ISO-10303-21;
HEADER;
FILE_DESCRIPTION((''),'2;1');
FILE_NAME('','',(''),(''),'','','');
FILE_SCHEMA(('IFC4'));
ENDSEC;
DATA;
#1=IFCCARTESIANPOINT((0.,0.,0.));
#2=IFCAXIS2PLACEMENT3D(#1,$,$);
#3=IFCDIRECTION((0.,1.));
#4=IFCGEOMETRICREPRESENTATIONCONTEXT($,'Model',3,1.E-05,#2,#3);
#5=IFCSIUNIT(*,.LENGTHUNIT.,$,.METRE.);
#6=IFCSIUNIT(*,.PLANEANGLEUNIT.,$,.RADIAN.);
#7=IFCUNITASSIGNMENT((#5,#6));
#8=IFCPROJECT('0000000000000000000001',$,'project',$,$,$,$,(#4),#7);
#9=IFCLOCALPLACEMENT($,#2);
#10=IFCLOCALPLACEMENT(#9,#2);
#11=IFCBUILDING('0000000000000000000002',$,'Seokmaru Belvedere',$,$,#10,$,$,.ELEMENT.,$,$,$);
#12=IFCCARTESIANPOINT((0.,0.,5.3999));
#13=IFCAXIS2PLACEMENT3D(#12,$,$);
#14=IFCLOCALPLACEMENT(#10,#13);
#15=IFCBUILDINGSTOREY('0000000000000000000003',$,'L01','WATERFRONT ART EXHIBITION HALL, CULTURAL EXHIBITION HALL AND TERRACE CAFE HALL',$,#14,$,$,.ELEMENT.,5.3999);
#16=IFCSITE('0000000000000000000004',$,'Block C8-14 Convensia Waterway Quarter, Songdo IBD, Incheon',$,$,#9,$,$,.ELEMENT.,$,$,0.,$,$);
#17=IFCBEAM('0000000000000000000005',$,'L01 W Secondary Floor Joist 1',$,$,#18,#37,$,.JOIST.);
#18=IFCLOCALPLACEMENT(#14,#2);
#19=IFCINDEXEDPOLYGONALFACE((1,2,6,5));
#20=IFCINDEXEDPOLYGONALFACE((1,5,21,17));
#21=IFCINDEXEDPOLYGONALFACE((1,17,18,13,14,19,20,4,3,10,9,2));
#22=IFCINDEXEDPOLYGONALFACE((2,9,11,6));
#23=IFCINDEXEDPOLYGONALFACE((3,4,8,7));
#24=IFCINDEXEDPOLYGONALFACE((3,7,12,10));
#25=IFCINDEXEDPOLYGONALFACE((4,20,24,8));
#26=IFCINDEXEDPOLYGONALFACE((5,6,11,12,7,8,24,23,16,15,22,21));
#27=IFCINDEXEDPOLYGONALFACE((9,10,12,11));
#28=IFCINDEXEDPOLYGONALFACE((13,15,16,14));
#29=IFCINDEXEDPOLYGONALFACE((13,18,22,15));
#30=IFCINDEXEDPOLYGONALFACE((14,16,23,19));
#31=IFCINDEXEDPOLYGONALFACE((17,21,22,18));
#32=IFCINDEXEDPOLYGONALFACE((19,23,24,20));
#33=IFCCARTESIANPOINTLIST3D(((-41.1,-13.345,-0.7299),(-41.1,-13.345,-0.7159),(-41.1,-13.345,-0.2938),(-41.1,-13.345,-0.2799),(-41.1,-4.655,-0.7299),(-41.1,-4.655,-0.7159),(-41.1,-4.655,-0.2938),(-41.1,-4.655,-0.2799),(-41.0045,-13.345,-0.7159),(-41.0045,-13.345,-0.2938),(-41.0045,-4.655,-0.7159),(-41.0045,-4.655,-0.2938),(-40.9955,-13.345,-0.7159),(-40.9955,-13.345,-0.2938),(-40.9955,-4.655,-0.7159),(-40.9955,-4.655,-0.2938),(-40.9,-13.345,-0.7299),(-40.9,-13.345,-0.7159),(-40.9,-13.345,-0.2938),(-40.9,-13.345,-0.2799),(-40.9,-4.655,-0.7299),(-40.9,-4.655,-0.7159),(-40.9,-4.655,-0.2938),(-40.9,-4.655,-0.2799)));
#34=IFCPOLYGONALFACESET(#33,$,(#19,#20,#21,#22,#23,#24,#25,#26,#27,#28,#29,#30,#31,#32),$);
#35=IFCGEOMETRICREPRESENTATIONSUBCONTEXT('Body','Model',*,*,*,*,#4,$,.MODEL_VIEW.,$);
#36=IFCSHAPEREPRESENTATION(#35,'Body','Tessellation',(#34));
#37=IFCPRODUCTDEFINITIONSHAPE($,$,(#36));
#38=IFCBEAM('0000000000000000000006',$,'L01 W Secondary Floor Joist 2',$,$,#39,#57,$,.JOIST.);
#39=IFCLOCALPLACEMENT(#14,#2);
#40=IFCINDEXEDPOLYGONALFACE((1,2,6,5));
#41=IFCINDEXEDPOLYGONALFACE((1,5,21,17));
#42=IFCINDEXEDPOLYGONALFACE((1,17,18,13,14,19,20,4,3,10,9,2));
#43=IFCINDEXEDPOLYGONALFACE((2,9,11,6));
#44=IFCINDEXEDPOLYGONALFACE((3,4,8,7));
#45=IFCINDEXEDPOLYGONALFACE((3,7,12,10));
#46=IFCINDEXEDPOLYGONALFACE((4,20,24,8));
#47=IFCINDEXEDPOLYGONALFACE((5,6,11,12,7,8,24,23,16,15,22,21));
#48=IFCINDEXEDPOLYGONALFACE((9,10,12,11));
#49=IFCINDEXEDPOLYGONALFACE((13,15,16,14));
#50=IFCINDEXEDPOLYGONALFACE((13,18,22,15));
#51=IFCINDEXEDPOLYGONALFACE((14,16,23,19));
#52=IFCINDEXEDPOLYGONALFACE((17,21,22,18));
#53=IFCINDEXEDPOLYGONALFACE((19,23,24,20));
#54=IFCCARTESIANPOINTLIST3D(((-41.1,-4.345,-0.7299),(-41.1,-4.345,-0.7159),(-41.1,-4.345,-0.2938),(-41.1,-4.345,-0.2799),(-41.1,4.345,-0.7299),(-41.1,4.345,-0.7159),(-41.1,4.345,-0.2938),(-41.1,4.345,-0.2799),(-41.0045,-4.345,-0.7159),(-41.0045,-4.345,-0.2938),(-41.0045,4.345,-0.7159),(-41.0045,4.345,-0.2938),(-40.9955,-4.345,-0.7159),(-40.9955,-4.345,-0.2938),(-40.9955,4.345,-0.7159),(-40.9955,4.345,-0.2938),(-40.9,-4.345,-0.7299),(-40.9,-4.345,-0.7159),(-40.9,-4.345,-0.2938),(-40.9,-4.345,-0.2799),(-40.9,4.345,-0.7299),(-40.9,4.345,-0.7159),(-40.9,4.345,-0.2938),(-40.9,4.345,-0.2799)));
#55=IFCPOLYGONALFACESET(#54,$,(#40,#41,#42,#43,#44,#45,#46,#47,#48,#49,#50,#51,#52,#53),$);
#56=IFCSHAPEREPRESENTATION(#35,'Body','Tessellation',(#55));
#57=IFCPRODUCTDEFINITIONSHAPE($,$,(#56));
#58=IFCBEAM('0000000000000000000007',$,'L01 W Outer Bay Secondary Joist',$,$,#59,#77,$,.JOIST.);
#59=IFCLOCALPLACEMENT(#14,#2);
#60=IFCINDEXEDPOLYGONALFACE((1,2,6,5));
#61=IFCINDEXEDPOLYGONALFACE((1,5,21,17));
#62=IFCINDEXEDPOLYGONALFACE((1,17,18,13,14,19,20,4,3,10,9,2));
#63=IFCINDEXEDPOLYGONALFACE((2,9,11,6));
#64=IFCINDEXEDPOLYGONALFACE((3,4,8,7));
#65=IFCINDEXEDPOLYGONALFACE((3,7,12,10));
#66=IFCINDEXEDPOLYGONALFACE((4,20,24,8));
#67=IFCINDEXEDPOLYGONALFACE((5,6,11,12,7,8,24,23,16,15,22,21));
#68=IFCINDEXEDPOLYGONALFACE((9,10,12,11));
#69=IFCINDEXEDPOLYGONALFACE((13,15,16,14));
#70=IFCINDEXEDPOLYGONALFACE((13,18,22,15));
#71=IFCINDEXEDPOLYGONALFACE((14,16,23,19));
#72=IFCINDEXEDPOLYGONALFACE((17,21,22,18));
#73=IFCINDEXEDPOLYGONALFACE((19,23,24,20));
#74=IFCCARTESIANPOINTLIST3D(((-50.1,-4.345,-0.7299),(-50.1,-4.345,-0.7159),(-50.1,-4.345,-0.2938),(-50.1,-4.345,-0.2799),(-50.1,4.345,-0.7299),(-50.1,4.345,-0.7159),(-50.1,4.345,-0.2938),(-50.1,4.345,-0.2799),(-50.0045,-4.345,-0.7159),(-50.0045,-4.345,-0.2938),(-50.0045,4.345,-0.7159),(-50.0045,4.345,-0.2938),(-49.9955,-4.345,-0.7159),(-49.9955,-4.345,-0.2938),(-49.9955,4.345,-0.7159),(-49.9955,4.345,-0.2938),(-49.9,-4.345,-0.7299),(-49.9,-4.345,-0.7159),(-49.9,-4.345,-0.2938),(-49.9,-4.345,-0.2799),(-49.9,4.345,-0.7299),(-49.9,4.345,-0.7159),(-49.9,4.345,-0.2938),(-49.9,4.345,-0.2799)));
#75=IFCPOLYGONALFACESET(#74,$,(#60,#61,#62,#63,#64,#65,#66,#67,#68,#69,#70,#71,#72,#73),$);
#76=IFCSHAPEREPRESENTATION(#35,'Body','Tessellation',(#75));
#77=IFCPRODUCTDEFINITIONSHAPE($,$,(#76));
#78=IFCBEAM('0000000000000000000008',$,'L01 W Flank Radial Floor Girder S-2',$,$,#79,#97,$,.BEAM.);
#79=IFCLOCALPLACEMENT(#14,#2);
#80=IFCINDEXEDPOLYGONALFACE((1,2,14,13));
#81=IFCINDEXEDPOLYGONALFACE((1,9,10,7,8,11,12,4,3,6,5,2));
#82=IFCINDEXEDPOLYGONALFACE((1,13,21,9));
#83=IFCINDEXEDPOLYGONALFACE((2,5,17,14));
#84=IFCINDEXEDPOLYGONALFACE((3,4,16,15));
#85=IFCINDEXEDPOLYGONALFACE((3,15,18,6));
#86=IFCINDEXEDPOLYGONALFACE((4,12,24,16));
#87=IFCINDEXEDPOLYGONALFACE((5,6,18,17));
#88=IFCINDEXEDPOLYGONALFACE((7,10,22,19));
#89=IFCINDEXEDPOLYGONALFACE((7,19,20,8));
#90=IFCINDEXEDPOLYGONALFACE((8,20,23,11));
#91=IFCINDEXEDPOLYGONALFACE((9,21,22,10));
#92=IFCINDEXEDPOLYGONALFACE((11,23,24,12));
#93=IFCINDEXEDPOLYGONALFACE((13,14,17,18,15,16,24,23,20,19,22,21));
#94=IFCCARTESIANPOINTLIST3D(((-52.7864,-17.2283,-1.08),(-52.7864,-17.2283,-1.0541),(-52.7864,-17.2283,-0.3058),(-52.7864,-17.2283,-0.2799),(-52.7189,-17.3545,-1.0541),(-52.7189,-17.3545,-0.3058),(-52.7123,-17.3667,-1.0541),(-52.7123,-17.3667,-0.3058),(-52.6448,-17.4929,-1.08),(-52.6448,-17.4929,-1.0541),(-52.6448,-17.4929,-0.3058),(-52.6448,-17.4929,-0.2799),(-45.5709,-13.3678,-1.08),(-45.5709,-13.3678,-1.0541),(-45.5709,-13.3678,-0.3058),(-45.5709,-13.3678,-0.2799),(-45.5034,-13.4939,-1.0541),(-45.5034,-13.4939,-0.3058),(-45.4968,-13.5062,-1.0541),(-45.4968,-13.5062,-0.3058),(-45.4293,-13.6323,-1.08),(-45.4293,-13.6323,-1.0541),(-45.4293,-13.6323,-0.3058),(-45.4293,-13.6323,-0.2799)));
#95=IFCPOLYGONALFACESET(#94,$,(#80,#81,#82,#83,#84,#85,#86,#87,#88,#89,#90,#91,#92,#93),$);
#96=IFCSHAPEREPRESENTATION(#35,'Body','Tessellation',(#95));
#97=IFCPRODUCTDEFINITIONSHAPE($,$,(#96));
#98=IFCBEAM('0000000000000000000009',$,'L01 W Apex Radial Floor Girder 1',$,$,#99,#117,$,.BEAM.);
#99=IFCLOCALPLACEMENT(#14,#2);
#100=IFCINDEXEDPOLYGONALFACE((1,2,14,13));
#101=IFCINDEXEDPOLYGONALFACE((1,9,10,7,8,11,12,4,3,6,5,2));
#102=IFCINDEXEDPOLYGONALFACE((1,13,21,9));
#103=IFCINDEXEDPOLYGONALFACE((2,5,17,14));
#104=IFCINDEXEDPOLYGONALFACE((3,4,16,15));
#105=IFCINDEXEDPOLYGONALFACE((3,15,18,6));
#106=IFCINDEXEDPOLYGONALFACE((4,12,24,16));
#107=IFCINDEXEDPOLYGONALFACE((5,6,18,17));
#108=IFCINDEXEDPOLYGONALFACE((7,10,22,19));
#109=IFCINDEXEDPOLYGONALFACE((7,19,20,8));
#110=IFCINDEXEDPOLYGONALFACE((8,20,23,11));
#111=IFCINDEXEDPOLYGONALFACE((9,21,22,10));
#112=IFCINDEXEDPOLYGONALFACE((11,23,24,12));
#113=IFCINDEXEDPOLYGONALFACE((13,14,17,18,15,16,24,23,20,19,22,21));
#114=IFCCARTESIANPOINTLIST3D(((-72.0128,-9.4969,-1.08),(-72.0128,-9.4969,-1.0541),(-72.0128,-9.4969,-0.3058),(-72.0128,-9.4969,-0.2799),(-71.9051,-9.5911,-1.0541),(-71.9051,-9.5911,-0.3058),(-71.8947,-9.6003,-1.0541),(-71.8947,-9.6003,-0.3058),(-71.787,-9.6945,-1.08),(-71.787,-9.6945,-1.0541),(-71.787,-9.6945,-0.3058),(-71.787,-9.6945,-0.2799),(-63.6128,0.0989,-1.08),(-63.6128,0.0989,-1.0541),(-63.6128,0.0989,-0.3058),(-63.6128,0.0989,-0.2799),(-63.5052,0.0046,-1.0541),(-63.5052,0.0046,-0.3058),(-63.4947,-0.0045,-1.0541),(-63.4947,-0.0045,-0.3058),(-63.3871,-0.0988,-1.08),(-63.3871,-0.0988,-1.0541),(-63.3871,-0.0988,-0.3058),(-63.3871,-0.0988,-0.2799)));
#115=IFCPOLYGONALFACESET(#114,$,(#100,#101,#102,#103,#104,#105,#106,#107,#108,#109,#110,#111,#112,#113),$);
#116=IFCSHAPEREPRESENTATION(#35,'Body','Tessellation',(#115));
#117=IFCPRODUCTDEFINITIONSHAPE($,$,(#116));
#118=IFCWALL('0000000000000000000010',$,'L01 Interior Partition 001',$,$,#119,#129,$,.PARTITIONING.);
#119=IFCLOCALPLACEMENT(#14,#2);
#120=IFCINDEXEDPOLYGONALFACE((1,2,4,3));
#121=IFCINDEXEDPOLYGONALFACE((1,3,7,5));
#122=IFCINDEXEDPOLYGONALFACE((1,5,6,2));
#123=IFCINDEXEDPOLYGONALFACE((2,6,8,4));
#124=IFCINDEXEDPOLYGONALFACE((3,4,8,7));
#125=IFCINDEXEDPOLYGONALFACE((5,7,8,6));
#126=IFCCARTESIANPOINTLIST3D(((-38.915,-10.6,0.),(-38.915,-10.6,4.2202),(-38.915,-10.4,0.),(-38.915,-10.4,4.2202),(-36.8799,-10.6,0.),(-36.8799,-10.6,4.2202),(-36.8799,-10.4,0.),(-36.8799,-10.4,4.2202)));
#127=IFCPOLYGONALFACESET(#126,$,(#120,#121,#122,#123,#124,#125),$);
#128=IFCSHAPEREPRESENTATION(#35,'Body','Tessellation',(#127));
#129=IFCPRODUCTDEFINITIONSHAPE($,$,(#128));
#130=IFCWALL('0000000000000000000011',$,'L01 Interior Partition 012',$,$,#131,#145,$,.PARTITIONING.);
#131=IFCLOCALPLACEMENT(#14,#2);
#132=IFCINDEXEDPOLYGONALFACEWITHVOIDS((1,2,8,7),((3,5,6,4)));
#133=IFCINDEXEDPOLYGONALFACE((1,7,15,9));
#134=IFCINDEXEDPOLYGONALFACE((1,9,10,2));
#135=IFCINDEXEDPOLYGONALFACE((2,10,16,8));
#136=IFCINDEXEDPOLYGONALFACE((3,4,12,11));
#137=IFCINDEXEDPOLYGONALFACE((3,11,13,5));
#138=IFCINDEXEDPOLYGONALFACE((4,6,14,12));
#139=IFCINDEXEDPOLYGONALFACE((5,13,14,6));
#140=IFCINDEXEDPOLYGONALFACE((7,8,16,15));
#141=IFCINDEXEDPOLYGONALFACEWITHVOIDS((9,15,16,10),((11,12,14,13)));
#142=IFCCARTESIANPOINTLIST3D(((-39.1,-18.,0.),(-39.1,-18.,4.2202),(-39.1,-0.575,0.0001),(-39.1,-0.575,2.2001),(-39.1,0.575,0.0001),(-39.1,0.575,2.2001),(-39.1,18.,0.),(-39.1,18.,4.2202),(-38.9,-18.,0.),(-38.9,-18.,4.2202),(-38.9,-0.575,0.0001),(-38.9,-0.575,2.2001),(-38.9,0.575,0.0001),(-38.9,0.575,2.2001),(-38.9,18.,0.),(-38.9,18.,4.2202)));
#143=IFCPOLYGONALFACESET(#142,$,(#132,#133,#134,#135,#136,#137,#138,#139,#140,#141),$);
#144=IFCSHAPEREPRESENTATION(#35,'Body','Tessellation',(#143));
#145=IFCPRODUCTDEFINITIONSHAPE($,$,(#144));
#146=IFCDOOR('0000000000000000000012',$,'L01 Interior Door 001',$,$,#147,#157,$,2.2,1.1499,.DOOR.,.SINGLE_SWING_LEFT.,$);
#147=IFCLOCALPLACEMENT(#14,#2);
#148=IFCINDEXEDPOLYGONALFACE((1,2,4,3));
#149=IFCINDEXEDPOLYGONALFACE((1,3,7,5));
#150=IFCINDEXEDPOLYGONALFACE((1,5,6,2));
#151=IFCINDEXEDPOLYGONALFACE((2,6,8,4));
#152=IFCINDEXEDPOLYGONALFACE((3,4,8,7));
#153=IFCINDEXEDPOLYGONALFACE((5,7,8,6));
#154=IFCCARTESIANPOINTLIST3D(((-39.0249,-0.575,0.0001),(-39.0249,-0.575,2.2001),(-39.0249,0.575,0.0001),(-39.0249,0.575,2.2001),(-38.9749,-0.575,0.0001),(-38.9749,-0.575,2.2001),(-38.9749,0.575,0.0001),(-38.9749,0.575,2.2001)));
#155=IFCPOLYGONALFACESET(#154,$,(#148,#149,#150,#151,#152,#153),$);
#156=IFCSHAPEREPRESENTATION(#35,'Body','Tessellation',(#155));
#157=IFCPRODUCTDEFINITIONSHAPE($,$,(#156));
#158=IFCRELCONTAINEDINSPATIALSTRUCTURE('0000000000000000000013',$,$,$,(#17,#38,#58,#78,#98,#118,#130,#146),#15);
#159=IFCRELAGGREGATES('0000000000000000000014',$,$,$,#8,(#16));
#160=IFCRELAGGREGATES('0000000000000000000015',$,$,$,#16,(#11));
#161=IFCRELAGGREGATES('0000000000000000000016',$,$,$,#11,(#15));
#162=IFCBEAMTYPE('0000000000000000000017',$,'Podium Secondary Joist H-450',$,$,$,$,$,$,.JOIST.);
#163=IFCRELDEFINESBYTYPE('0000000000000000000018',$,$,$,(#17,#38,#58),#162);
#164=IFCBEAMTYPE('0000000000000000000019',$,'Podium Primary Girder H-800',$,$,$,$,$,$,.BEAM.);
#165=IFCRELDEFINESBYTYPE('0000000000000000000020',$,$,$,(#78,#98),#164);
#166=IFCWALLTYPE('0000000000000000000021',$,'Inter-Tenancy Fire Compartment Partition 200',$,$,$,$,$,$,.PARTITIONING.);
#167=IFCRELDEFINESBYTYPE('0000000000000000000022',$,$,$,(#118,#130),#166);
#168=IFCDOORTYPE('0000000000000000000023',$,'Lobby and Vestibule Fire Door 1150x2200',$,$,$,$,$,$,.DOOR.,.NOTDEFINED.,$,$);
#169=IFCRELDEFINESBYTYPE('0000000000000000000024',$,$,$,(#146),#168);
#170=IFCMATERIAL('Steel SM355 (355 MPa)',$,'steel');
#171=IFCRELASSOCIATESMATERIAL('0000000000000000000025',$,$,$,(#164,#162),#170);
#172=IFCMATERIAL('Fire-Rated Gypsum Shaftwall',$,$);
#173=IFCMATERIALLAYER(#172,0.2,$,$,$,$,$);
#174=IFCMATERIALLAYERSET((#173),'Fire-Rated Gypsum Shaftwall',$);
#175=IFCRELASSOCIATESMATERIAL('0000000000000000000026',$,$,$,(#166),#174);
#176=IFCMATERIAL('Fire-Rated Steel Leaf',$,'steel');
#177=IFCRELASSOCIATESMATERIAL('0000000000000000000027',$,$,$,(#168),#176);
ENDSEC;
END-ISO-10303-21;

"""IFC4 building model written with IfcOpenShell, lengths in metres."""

from ifc_helpers import new_model, si_unit, direction, frame, frame_2d, origin, origin_2d, place, context, subcontext, project, spatial, rectangle, i_section, extrude, source, transform, mapped, material, layer, layer_set, material_profile, profile_set, type_object, type_shapes, element, fill, save


model = new_model("IFC4")

# Units and contexts
model_context = context("Model", 3, precision=1e-05, world=origin(), true_north=direction((0.0, 1.0)))
body_context = subcontext(model_context, "Body", "Model", "MODEL_VIEW")
ifc_project = project(units=[si_unit("LENGTHUNIT", "METRE"), si_unit("PLANEANGLEUNIT", "RADIAN")], contexts=[model_context])

# Site, building, storey
site_placement = place(None, origin())
site = spatial("IfcSite", under=ifc_project, at=site_placement, Name="Block C8-14 Convensia Waterway Quarter, Songdo IBD, Incheon", CompositionType="ELEMENT", RefElevation=0.0)
building_placement = place(site_placement, origin())
building = spatial("IfcBuilding", under=site, at=building_placement, Name="Seokmaru Belvedere", CompositionType="ELEMENT")
storey_placement = place(building_placement, frame((0.0, 0.0, 5.3999)))
storey = spatial("IfcBuildingStorey", under=building, at=storey_placement, Name="L01", Description="WATERFRONT ART EXHIBITION HALL, CULTURAL EXHIBITION HALL AND TERRACE CAFE HALL", CompositionType="ELEMENT", Elevation=5.3999)

# Shared definitions
ifc_material_1 = material(Name="Steel SM355 (355 MPa)", Category="steel")

# Beams
ifc_material_profile_1 = material_profile(ifc_material_1, i_section(OverallWidth=0.3, OverallDepth=0.8, WebThickness=0.0139, FlangeThickness=0.0259, at=origin_2d()), Name="H-800x300x14x26")
ifc_profile_set_1 = profile_set([ifc_material_profile_1], Name="Steel SM355 (355 MPa)")
beam_type_1 = type_object("IfcBeamType", Name="Podium Primary Girder H-800", PredefinedType="BEAM", material=ifc_profile_set_1)
ifc_material_profile_2 = material_profile(ifc_material_1, i_section(OverallWidth=0.2, OverallDepth=0.45, WebThickness=0.009, FlangeThickness=0.0139, at=origin_2d()), Name="H-450x200x9x14")
ifc_profile_set_2 = profile_set([ifc_material_profile_2], Name="Steel SM355 (355 MPa)")
beam_type_2 = type_object("IfcBeamType", Name="Podium Secondary Joist H-450", PredefinedType="JOIST", material=ifc_profile_set_2)
shared_shape_1 = source(origin(), body_context, "Body", "SweptSolid", [
    extrude(i_section(OverallWidth=0.2, OverallDepth=0.45, WebThickness=0.009, FlangeThickness=0.0139, at=origin_2d()), origin(), (0.0, 0.0, 1.0), 8.6899),
])
type_shapes(beam_type_2, [shared_shape_1])
for number, where, z_axis, x_axis, name in (
    (1, (-41.0, -13.345, -0.5049), (0.0, 1.0, 0.0), (-1.0, 0.0, 0.0), "L01 W Secondary Floor Joist 1"),
    (2, (-41.0, -4.345, -0.5049), (0.0, 1.0, 0.0), (-1.0, 0.0, 0.0), "L01 W Secondary Floor Joist 2"),
    (3, (-50.0, -4.345, -0.5049), (0.0, 1.0, 0.0), (-1.0, 0.0, 0.0), "L01 W Outer Bay Secondary Joist"),
):
    element("IfcBeam", number, at=place(storey_placement, frame(where, z_axis=z_axis, x_axis=x_axis)), inside=storey, type_object=beam_type_2, Name=name, PredefinedType="JOIST", context=body_context, shape_type="MappedRepresentation", body=[
        mapped(shared_shape_1, transform((0.0, 0.0, 0.0), scale=1.0)),
    ])
shared_shape_2 = source(origin(), body_context, "Body", "SweptSolid", [
    extrude(i_section(OverallWidth=0.3, OverallDepth=0.8, WebThickness=0.0139, FlangeThickness=0.0259, at=origin_2d()), origin(), (0.0, 0.0, 1.0), 8.1833),
])
beam_1_placement = place(storey_placement, frame((-52.7156, -17.3606, -0.6799), z_axis=(0.881729, 0.471757, 0.0), x_axis=(-0.471757, 0.881729, 0.0)))
element("IfcBeam", 4, at=beam_1_placement, inside=storey, type_object=beam_type_1, Name="L01 W Flank Radial Floor Girder S-2", PredefinedType="BEAM", context=body_context, shape_type="MappedRepresentation", body=[
    mapped(shared_shape_2, transform((0.0, 0.0, 0.0), scale=1.0)),
])
shared_shape_3 = source(origin(), body_context, "Body", "SweptSolid", [
    extrude(i_section(OverallWidth=0.3, OverallDepth=0.8, WebThickness=0.0139, FlangeThickness=0.0259, at=origin_2d()), origin(), (0.0, 0.0, 1.0), 12.7529),
])
beam_2_placement = place(storey_placement, frame((-71.8999, -9.5957, -0.6799), z_axis=(0.658667, 0.752434, 0.0), x_axis=(-0.752434, 0.658667, 0.0)))
element("IfcBeam", 5, at=beam_2_placement, inside=storey, type_object=beam_type_1, Name="L01 W Apex Radial Floor Girder 1", PredefinedType="BEAM", context=body_context, shape_type="MappedRepresentation", body=[
    mapped(shared_shape_3, transform((0.0, 0.0, 0.0), scale=1.0)),
])

# Wall
ifc_material_2 = material(Name="Fire-Rated Gypsum Shaftwall")
ifc_layer_1 = layer(ifc_material_2, 0.2)
ifc_layer_set_1 = layer_set([ifc_layer_1], Name="Fire-Rated Gypsum Shaftwall")
wall_type_1 = type_object("IfcWallType", Name="Inter-Tenancy Fire Compartment Partition 200", PredefinedType="PARTITIONING", material=ifc_layer_set_1)
wall_1_placement = place(storey_placement, frame((-38.915, -10.5, 0.0), z_axis=(0.0, 0.0, 1.0), x_axis=(1.0, 0.0, 0.0)))
element("IfcWall", 6, at=wall_1_placement, inside=storey, type_object=wall_type_1, Name="L01 Interior Partition 001", PredefinedType="PARTITIONING", context=body_context, shape_type="SweptSolid", body=[
    extrude(rectangle(XDim=2.0352, YDim=0.2, at=frame_2d((1.0176, 0.0))), origin(), (0.0, 0.0, 1.0), 4.2202),
])

# Wall, opening, door
wall_2_placement = place(storey_placement, frame((-39.0, -18.0, 0.0), z_axis=(0.0, 0.0, 1.0), x_axis=(0.0, 1.0, 0.0)))
wall_2 = element("IfcWall", 7, at=wall_2_placement, inside=storey, type_object=wall_type_1, Name="L01 Interior Partition 012", PredefinedType="PARTITIONING", context=body_context, shape_type="SweptSolid", body=[
    extrude(rectangle(XDim=36.0, YDim=0.2, at=frame_2d((18.0, 0.0))), origin(), (0.0, 0.0, 1.0), 4.2202),
])
opening_1_placement = place(wall_2_placement, frame((17.425, 0.0, 0.0)))
opening_1 = element("IfcOpeningElement", 8, at=opening_1_placement, cuts=wall_2, PredefinedType="OPENING", context=body_context, shape_type="SweptSolid", body=[
    extrude(rectangle(XDim=1.1499, YDim=2.2, at=frame_2d((0.575, 1.1001))), frame((0.0, 0.1099, 0.0), z_axis=(0.0, -1.0, 0.0), x_axis=(1.0, 0.0, 0.0)), (0.0, 0.0, 1.0), 0.22),
])
ifc_material_3 = material(Name="Fire-Rated Steel Leaf", Category="steel")
door_type = type_object("IfcDoorType", Name="Lobby and Vestibule Fire Door 1150x2200", OperationType="NOTDEFINED", PredefinedType="DOOR", material=ifc_material_3)
shared_shape_4 = source(origin(), body_context, "Body", "SweptSolid", [
    extrude(rectangle(XDim=1.1499, YDim=2.2, at=frame_2d((0.575, 1.1001))), frame((0.0, 0.0249, 0.0), z_axis=(0.0, -1.0, 0.0), x_axis=(1.0, 0.0, 0.0)), (0.0, 0.0, 1.0), 0.05),
])
type_shapes(door_type, [shared_shape_4])
door_1_placement = place(opening_1_placement, origin())
door_1 = element("IfcDoor", 9, at=door_1_placement, inside=storey, type_object=door_type, Name="L01 Interior Door 001", OperationType="SINGLE_SWING_LEFT", OverallHeight=2.2, OverallWidth=1.1499, PredefinedType="DOOR", context=body_context, shape_type="MappedRepresentation", body=[
    mapped(shared_shape_4, transform((0.0, 0.0, 0.0), scale=1.0)),
])
fill(opening_1, door_1)

save(model, "model.ifc")
